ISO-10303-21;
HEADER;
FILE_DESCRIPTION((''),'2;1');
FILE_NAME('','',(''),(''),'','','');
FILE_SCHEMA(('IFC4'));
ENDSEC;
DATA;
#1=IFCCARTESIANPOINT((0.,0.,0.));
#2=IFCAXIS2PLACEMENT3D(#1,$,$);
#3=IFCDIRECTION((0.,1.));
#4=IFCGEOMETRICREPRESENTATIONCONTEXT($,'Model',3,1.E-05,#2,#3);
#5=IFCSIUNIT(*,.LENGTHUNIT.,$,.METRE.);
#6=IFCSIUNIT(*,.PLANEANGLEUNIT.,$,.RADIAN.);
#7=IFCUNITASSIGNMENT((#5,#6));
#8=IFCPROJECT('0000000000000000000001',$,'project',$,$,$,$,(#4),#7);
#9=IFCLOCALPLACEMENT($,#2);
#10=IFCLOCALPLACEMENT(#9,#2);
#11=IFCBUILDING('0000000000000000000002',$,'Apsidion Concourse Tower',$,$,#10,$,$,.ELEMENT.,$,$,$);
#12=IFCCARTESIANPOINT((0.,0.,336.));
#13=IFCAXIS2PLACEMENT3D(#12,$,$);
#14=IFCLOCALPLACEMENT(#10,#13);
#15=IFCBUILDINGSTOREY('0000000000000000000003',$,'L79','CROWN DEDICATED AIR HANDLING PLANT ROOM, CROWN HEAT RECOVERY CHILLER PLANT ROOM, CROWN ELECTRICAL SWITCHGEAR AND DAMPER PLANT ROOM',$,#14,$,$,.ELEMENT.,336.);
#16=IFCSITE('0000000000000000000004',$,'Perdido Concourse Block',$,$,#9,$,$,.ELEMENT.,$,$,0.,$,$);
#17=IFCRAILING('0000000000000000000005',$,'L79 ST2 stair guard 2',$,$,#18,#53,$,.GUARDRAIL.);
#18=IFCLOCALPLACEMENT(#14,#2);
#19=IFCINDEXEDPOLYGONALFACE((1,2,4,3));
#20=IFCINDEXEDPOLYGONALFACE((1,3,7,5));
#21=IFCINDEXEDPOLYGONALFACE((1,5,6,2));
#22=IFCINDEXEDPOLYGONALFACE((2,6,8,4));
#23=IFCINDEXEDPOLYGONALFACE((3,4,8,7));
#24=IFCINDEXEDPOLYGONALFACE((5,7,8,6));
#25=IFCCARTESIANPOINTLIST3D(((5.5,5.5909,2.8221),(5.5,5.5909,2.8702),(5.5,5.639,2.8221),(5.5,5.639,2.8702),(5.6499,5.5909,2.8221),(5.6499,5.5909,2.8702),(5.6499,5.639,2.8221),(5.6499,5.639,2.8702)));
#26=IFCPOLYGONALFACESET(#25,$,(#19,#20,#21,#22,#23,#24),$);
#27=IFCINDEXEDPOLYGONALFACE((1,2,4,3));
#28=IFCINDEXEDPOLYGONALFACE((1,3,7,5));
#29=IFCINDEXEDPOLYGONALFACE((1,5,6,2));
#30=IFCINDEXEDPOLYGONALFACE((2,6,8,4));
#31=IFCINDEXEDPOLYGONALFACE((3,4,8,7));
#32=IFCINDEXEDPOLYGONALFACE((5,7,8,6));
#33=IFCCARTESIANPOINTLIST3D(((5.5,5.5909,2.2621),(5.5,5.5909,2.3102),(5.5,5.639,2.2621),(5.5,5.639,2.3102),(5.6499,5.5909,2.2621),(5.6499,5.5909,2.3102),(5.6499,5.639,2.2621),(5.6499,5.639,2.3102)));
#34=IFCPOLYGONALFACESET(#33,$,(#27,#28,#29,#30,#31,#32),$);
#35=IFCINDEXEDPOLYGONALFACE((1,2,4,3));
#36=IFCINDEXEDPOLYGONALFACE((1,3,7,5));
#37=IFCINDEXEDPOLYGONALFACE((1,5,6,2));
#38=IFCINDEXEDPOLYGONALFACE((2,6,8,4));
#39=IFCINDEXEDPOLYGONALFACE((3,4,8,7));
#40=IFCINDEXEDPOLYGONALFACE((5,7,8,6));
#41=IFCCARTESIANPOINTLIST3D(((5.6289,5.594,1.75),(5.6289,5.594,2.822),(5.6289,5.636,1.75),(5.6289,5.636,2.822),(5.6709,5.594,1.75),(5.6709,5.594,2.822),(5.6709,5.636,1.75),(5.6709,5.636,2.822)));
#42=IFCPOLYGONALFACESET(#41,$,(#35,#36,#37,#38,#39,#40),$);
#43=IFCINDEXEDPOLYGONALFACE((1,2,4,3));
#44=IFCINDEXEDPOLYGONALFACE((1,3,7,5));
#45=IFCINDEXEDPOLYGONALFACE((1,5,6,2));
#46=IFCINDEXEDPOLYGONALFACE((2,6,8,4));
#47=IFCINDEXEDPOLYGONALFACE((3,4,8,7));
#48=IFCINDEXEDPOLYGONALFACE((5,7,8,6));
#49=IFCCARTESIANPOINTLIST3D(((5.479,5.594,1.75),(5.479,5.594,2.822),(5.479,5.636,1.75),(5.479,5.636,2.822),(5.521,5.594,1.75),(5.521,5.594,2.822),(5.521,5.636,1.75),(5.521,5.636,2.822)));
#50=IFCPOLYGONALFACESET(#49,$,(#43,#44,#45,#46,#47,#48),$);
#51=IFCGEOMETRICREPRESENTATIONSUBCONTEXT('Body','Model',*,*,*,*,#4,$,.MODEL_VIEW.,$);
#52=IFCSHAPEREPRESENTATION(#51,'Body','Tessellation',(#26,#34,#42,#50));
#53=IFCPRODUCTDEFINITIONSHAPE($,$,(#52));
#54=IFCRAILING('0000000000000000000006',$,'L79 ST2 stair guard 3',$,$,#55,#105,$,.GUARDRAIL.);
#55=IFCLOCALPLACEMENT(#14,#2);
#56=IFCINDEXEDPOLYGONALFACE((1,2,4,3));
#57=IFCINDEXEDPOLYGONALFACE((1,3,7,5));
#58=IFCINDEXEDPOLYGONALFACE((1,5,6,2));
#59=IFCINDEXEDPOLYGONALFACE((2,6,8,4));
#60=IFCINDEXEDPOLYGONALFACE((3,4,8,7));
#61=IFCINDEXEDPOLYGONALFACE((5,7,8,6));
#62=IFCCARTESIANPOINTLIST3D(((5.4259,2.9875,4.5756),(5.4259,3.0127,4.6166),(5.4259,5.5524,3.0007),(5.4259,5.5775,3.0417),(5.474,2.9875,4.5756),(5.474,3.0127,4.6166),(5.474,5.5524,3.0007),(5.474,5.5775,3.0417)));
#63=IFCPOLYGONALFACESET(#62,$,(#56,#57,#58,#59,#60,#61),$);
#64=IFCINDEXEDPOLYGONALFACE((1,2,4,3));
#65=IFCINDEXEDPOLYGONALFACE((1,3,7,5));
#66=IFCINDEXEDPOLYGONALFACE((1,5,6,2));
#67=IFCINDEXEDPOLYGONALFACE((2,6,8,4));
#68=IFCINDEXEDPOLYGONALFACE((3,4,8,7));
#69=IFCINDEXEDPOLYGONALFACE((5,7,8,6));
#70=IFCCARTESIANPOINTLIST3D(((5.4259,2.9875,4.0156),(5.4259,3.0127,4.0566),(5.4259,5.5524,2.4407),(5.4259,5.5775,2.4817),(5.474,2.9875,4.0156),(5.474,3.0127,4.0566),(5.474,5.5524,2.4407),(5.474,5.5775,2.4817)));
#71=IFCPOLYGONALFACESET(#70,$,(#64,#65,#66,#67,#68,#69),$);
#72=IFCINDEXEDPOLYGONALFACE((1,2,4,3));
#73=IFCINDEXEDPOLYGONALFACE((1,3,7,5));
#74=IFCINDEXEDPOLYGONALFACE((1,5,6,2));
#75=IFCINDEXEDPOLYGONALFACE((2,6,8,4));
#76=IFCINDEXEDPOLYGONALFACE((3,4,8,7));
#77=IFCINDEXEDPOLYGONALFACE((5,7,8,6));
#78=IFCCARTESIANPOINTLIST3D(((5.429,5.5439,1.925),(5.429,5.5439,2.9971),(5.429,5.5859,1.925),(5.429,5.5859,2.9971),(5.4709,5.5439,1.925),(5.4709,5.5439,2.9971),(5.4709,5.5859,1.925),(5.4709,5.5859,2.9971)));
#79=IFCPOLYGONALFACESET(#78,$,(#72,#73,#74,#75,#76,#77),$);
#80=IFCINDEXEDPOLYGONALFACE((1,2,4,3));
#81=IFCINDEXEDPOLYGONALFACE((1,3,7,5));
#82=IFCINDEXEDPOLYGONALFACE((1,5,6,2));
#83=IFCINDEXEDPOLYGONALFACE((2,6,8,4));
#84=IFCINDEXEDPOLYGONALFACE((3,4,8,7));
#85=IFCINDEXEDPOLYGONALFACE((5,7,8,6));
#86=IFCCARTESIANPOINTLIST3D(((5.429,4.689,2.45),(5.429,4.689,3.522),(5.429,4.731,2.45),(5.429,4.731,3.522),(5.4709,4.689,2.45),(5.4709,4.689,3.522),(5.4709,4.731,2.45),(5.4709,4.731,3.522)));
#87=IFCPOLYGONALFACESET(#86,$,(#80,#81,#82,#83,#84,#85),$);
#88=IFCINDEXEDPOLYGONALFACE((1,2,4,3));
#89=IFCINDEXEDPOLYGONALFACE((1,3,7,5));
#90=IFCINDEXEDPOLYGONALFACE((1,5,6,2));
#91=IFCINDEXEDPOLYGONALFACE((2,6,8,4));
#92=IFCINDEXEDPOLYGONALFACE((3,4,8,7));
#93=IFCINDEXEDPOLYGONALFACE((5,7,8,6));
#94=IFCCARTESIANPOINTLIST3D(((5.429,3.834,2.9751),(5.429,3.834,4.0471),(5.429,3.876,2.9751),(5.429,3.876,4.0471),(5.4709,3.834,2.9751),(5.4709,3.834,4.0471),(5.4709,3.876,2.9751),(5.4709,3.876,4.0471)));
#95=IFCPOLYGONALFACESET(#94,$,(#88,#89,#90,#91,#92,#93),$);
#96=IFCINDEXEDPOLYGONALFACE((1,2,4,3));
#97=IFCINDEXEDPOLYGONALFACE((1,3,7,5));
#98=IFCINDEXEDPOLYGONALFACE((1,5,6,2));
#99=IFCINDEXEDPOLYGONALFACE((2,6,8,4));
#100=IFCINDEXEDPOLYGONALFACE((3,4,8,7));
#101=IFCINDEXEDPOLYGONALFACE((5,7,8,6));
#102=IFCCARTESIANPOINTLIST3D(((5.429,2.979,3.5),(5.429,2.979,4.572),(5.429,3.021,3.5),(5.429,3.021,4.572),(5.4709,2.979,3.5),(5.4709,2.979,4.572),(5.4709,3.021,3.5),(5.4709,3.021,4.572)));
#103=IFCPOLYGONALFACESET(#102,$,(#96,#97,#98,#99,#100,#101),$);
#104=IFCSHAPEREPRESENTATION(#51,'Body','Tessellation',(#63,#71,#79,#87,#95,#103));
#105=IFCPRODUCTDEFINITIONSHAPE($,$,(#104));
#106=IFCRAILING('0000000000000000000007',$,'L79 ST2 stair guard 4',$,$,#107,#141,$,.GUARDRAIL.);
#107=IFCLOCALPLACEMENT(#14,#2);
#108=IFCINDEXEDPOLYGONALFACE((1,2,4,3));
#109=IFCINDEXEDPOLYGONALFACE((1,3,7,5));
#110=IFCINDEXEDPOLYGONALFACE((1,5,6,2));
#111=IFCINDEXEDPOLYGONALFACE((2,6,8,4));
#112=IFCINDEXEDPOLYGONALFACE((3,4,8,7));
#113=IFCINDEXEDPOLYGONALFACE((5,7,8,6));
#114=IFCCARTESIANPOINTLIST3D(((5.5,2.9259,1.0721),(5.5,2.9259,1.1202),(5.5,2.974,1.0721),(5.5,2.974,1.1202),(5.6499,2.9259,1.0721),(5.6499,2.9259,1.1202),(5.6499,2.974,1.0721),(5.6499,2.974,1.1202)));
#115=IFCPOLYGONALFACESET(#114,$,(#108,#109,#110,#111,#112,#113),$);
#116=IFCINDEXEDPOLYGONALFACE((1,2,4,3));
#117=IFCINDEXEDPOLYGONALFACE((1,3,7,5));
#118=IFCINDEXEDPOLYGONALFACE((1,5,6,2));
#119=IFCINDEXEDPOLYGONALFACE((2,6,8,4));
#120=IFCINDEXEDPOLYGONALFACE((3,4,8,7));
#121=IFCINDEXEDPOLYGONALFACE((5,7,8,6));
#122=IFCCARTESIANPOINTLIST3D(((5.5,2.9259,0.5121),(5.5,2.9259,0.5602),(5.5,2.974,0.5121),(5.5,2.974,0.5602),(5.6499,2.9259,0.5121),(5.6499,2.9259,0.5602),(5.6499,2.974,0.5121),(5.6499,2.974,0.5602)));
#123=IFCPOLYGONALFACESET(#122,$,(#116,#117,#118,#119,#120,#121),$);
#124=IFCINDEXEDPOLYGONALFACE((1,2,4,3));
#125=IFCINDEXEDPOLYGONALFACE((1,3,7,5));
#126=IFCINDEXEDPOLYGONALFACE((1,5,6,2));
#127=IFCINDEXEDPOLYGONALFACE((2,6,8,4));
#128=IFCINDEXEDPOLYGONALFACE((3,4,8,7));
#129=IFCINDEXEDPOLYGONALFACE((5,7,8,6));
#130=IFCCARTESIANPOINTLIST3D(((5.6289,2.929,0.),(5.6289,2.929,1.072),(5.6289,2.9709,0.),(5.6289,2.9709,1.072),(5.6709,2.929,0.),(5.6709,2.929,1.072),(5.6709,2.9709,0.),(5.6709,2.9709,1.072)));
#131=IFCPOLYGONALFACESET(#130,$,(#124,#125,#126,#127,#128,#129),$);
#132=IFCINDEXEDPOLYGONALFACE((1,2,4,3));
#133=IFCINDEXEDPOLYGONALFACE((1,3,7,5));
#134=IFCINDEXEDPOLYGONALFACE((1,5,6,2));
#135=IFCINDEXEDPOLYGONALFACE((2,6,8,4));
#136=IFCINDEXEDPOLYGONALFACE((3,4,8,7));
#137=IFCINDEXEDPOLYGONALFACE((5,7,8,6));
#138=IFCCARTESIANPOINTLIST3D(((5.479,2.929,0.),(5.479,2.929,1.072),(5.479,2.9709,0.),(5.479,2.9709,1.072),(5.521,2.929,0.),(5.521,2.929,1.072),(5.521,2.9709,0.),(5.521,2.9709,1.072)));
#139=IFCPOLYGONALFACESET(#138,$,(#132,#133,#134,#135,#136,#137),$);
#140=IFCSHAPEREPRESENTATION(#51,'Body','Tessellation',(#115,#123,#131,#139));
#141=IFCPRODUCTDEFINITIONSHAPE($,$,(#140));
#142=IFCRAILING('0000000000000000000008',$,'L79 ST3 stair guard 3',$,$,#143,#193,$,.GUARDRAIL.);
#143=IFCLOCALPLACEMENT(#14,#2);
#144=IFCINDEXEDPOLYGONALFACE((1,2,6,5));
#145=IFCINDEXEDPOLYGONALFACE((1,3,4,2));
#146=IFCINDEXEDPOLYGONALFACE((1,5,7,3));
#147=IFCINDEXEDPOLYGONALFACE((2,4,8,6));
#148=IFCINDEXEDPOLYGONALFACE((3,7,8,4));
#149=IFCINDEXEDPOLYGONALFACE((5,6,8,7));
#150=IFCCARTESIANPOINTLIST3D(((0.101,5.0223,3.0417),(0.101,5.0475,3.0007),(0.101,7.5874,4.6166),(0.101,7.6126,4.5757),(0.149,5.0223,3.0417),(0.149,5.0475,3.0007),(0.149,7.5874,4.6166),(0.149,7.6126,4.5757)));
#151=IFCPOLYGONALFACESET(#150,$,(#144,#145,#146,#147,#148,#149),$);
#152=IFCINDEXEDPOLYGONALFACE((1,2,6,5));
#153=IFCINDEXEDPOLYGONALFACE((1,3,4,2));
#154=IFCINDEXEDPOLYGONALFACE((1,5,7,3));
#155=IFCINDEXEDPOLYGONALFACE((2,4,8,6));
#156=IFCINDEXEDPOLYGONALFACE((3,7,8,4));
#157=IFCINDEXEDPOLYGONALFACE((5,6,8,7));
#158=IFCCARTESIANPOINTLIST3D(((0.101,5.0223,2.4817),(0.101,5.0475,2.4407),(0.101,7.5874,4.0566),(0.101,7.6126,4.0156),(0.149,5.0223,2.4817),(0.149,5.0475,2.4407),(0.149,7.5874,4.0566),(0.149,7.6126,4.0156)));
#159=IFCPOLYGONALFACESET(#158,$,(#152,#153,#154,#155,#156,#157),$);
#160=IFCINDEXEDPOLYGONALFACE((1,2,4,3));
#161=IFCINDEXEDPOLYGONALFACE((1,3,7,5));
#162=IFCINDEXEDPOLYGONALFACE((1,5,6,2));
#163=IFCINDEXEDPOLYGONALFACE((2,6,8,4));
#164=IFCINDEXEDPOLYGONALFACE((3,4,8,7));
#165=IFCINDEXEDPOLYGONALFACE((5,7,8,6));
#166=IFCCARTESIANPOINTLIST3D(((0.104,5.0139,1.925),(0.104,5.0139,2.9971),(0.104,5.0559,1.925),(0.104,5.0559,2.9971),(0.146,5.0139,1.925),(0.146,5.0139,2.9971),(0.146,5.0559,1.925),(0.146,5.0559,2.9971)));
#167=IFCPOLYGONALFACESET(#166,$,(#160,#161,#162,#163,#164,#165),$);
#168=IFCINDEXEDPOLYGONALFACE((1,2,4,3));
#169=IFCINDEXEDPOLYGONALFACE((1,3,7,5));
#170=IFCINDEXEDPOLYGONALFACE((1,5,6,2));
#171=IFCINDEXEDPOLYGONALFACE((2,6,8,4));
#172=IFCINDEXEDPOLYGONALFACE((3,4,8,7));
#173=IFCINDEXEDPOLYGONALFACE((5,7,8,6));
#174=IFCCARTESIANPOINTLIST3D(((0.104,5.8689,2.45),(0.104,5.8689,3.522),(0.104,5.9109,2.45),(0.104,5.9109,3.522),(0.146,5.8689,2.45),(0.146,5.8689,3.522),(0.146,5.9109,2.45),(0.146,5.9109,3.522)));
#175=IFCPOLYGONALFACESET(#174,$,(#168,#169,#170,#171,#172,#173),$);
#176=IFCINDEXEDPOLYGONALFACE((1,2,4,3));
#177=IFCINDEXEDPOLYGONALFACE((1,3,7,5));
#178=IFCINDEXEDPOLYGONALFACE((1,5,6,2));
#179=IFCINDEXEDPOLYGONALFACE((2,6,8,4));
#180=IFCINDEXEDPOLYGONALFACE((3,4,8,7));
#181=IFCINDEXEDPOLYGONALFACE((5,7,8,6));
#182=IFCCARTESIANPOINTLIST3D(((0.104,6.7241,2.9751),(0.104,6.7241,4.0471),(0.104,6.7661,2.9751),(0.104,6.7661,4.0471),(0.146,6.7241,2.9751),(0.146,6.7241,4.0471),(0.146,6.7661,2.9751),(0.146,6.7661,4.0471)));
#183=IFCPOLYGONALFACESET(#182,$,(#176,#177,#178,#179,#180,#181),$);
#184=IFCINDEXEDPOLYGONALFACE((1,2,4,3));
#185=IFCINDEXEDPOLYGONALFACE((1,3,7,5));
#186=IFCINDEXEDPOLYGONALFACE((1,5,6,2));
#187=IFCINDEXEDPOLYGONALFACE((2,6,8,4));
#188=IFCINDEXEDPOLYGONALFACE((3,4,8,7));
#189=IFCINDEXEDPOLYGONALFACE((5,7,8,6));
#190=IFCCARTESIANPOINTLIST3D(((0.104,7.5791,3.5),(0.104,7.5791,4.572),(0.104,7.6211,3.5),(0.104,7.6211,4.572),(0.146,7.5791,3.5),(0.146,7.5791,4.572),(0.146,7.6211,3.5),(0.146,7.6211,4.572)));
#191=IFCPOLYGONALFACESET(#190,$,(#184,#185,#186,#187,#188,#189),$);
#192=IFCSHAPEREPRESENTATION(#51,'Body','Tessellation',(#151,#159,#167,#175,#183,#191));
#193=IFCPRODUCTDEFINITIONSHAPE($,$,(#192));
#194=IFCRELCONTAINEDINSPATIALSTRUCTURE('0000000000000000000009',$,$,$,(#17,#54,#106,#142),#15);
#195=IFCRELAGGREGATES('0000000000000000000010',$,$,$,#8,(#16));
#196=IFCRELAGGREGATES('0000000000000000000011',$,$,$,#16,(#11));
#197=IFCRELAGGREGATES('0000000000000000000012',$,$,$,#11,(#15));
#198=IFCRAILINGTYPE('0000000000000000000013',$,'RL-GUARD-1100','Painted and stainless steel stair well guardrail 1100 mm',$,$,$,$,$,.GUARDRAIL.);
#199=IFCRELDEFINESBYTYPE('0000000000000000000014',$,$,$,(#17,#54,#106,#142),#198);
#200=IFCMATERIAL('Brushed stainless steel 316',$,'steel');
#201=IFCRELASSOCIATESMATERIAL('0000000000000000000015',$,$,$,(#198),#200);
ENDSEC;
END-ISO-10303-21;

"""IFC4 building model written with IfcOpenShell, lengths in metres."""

from ifc_helpers import new_model, si_unit, direction, frame, origin, origin_2d, place, context, subcontext, project, spatial, rectangle, extrude, material, type_object, element, save


model = new_model("IFC4")

# Units and contexts
model_context = context("Model", 3, precision=1e-05, world=origin(), true_north=direction((0.0, 1.0)))
body_context = subcontext(model_context, "Body", "Model", "MODEL_VIEW")
ifc_project = project(units=[si_unit("LENGTHUNIT", "METRE"), si_unit("PLANEANGLEUNIT", "RADIAN")], contexts=[model_context])

# Site, building, storey
site_placement = place(None, origin())
site = spatial("IfcSite", under=ifc_project, at=site_placement, Name="Perdido Concourse Block", CompositionType="ELEMENT", RefElevation=0.0)
building_placement = place(site_placement, origin())
building = spatial("IfcBuilding", under=site, at=building_placement, Name="Apsidion Concourse Tower", CompositionType="ELEMENT")
storey_placement = place(building_placement, frame((0.0, 0.0, 336.0)))
storey = spatial("IfcBuildingStorey", under=building, at=storey_placement, Name="L79", Description="CROWN DEDICATED AIR HANDLING PLANT ROOM, CROWN HEAT RECOVERY CHILLER PLANT ROOM, CROWN ELECTRICAL SWITCHGEAR AND DAMPER PLANT ROOM", CompositionType="ELEMENT", Elevation=336.0)

# Railings
ifc_material_1 = material(Name="Brushed stainless steel 316", Category="steel")
railing_type_1 = type_object("IfcRailingType", Name="RL-GUARD-1100", Description="Painted and stainless steel stair well guardrail 1100 mm", PredefinedType="GUARDRAIL", material=ifc_material_1)
railing_1_placement = place(storey_placement, frame((5.6499, 5.615, 1.75)))
element("IfcRailing", 1, at=railing_1_placement, inside=storey, type_object=railing_type_1, Name="L79 ST2 stair guard 2", PredefinedType="GUARDRAIL", context=body_context, shape_type="SweptSolid", body=[
    extrude(rectangle(XDim=0.0481, YDim=0.0481, at=origin_2d()), frame((0.0, 0.0, 1.0962), z_axis=(-1.0, 0.0, 0.0), x_axis=(0.0, -1.0, 0.0)), (0.0, 0.0, 1.0), 0.1499),
    extrude(rectangle(XDim=0.0481, YDim=0.0481, at=origin_2d()), frame((0.0, 0.0, 0.5361), z_axis=(-1.0, 0.0, 0.0), x_axis=(0.0, -1.0, 0.0)), (0.0, 0.0, 1.0), 0.1499),
    extrude(rectangle(XDim=0.042, YDim=0.042, at=origin_2d()), origin(), (0.0, 0.0, 1.0), 1.072),
    extrude(rectangle(XDim=0.042, YDim=0.042, at=origin_2d()), frame((-0.1499, 0.0, 0.0)), (0.0, 0.0, 1.0), 1.072),
])
railing_2_placement = place(storey_placement, frame((5.45, 5.5649, 1.925)))
element("IfcRailing", 2, at=railing_2_placement, inside=storey, type_object=railing_type_1, Name="L79 ST2 stair guard 3", PredefinedType="GUARDRAIL", context=body_context, shape_type="SweptSolid", body=[
    extrude(rectangle(XDim=0.0481, YDim=0.0481, at=origin_2d()), frame((0.0, 0.0, 1.0962), z_axis=(0.0, -0.852173, 0.52326), x_axis=(1.0, 0.0, 0.0)), (0.0, 0.0, 1.0), 3.0098),
    extrude(rectangle(XDim=0.0481, YDim=0.0481, at=origin_2d()), frame((0.0, 0.0, 0.5361), z_axis=(0.0, -0.852173, 0.52326), x_axis=(1.0, 0.0, 0.0)), (0.0, 0.0, 1.0), 3.0098),
    extrude(rectangle(XDim=0.042, YDim=0.042, at=origin_2d()), origin(), (0.0, 0.0, 1.0), 1.072),
    extrude(rectangle(XDim=0.042, YDim=0.042, at=origin_2d()), frame((0.0, -0.855, 0.5249)), (0.0, 0.0, 1.0), 1.072),
    extrude(rectangle(XDim=0.042, YDim=0.042, at=origin_2d()), frame((0.0, -1.71, 1.05)), (0.0, 0.0, 1.0), 1.072),
    extrude(rectangle(XDim=0.042, YDim=0.042, at=origin_2d()), frame((0.0, -2.5649, 1.575)), (0.0, 0.0, 1.0), 1.072),
])
railing_3_placement = place(storey_placement, frame((5.6499, 2.95, 0.0)))
element("IfcRailing", 3, at=railing_3_placement, inside=storey, type_object=railing_type_1, Name="L79 ST2 stair guard 4", PredefinedType="GUARDRAIL", context=body_context, shape_type="SweptSolid", body=[
    extrude(rectangle(XDim=0.0481, YDim=0.0481, at=origin_2d()), frame((0.0, 0.0, 1.0962), z_axis=(-1.0, 0.0, 0.0), x_axis=(0.0, -1.0, 0.0)), (0.0, 0.0, 1.0), 0.1499),
    extrude(rectangle(XDim=0.0481, YDim=0.0481, at=origin_2d()), frame((0.0, 0.0, 0.5361), z_axis=(-1.0, 0.0, 0.0), x_axis=(0.0, -1.0, 0.0)), (0.0, 0.0, 1.0), 0.1499),
    extrude(rectangle(XDim=0.042, YDim=0.042, at=origin_2d()), origin(), (0.0, 0.0, 1.0), 1.072),
    extrude(rectangle(XDim=0.042, YDim=0.042, at=origin_2d()), frame((-0.1499, 0.0, 0.0)), (0.0, 0.0, 1.0), 1.072),
])
railing_4_placement = place(storey_placement, frame((0.125, 5.0349, 1.925)))
element("IfcRailing", 4, at=railing_4_placement, inside=storey, type_object=railing_type_1, Name="L79 ST3 stair guard 3", PredefinedType="GUARDRAIL", context=body_context, shape_type="SweptSolid", body=[
    extrude(rectangle(XDim=0.0481, YDim=0.0481, at=origin_2d()), frame((0.0, 0.0, 1.0962), z_axis=(0.0, 0.852195, 0.523224), x_axis=(-1.0, 0.0, 0.0)), (0.0, 0.0, 1.0), 3.01),
    extrude(rectangle(XDim=0.0481, YDim=0.0481, at=origin_2d()), frame((0.0, 0.0, 0.5361), z_axis=(0.0, 0.852195, 0.523224), x_axis=(-1.0, 0.0, 0.0)), (0.0, 0.0, 1.0), 3.01),
    extrude(rectangle(XDim=0.042, YDim=0.042, at=origin_2d()), origin(), (0.0, 0.0, 1.0), 1.072),
    extrude(rectangle(XDim=0.042, YDim=0.042, at=origin_2d()), frame((0.0, 0.855, 0.5249)), (0.0, 0.0, 1.0), 1.072),
    extrude(rectangle(XDim=0.042, YDim=0.042, at=origin_2d()), frame((0.0, 1.7102, 1.05)), (0.0, 0.0, 1.0), 1.072),
    extrude(rectangle(XDim=0.042, YDim=0.042, at=origin_2d()), frame((0.0, 2.5652, 1.575)), (0.0, 0.0, 1.0), 1.072),
])

save(model, "model.ifc")
